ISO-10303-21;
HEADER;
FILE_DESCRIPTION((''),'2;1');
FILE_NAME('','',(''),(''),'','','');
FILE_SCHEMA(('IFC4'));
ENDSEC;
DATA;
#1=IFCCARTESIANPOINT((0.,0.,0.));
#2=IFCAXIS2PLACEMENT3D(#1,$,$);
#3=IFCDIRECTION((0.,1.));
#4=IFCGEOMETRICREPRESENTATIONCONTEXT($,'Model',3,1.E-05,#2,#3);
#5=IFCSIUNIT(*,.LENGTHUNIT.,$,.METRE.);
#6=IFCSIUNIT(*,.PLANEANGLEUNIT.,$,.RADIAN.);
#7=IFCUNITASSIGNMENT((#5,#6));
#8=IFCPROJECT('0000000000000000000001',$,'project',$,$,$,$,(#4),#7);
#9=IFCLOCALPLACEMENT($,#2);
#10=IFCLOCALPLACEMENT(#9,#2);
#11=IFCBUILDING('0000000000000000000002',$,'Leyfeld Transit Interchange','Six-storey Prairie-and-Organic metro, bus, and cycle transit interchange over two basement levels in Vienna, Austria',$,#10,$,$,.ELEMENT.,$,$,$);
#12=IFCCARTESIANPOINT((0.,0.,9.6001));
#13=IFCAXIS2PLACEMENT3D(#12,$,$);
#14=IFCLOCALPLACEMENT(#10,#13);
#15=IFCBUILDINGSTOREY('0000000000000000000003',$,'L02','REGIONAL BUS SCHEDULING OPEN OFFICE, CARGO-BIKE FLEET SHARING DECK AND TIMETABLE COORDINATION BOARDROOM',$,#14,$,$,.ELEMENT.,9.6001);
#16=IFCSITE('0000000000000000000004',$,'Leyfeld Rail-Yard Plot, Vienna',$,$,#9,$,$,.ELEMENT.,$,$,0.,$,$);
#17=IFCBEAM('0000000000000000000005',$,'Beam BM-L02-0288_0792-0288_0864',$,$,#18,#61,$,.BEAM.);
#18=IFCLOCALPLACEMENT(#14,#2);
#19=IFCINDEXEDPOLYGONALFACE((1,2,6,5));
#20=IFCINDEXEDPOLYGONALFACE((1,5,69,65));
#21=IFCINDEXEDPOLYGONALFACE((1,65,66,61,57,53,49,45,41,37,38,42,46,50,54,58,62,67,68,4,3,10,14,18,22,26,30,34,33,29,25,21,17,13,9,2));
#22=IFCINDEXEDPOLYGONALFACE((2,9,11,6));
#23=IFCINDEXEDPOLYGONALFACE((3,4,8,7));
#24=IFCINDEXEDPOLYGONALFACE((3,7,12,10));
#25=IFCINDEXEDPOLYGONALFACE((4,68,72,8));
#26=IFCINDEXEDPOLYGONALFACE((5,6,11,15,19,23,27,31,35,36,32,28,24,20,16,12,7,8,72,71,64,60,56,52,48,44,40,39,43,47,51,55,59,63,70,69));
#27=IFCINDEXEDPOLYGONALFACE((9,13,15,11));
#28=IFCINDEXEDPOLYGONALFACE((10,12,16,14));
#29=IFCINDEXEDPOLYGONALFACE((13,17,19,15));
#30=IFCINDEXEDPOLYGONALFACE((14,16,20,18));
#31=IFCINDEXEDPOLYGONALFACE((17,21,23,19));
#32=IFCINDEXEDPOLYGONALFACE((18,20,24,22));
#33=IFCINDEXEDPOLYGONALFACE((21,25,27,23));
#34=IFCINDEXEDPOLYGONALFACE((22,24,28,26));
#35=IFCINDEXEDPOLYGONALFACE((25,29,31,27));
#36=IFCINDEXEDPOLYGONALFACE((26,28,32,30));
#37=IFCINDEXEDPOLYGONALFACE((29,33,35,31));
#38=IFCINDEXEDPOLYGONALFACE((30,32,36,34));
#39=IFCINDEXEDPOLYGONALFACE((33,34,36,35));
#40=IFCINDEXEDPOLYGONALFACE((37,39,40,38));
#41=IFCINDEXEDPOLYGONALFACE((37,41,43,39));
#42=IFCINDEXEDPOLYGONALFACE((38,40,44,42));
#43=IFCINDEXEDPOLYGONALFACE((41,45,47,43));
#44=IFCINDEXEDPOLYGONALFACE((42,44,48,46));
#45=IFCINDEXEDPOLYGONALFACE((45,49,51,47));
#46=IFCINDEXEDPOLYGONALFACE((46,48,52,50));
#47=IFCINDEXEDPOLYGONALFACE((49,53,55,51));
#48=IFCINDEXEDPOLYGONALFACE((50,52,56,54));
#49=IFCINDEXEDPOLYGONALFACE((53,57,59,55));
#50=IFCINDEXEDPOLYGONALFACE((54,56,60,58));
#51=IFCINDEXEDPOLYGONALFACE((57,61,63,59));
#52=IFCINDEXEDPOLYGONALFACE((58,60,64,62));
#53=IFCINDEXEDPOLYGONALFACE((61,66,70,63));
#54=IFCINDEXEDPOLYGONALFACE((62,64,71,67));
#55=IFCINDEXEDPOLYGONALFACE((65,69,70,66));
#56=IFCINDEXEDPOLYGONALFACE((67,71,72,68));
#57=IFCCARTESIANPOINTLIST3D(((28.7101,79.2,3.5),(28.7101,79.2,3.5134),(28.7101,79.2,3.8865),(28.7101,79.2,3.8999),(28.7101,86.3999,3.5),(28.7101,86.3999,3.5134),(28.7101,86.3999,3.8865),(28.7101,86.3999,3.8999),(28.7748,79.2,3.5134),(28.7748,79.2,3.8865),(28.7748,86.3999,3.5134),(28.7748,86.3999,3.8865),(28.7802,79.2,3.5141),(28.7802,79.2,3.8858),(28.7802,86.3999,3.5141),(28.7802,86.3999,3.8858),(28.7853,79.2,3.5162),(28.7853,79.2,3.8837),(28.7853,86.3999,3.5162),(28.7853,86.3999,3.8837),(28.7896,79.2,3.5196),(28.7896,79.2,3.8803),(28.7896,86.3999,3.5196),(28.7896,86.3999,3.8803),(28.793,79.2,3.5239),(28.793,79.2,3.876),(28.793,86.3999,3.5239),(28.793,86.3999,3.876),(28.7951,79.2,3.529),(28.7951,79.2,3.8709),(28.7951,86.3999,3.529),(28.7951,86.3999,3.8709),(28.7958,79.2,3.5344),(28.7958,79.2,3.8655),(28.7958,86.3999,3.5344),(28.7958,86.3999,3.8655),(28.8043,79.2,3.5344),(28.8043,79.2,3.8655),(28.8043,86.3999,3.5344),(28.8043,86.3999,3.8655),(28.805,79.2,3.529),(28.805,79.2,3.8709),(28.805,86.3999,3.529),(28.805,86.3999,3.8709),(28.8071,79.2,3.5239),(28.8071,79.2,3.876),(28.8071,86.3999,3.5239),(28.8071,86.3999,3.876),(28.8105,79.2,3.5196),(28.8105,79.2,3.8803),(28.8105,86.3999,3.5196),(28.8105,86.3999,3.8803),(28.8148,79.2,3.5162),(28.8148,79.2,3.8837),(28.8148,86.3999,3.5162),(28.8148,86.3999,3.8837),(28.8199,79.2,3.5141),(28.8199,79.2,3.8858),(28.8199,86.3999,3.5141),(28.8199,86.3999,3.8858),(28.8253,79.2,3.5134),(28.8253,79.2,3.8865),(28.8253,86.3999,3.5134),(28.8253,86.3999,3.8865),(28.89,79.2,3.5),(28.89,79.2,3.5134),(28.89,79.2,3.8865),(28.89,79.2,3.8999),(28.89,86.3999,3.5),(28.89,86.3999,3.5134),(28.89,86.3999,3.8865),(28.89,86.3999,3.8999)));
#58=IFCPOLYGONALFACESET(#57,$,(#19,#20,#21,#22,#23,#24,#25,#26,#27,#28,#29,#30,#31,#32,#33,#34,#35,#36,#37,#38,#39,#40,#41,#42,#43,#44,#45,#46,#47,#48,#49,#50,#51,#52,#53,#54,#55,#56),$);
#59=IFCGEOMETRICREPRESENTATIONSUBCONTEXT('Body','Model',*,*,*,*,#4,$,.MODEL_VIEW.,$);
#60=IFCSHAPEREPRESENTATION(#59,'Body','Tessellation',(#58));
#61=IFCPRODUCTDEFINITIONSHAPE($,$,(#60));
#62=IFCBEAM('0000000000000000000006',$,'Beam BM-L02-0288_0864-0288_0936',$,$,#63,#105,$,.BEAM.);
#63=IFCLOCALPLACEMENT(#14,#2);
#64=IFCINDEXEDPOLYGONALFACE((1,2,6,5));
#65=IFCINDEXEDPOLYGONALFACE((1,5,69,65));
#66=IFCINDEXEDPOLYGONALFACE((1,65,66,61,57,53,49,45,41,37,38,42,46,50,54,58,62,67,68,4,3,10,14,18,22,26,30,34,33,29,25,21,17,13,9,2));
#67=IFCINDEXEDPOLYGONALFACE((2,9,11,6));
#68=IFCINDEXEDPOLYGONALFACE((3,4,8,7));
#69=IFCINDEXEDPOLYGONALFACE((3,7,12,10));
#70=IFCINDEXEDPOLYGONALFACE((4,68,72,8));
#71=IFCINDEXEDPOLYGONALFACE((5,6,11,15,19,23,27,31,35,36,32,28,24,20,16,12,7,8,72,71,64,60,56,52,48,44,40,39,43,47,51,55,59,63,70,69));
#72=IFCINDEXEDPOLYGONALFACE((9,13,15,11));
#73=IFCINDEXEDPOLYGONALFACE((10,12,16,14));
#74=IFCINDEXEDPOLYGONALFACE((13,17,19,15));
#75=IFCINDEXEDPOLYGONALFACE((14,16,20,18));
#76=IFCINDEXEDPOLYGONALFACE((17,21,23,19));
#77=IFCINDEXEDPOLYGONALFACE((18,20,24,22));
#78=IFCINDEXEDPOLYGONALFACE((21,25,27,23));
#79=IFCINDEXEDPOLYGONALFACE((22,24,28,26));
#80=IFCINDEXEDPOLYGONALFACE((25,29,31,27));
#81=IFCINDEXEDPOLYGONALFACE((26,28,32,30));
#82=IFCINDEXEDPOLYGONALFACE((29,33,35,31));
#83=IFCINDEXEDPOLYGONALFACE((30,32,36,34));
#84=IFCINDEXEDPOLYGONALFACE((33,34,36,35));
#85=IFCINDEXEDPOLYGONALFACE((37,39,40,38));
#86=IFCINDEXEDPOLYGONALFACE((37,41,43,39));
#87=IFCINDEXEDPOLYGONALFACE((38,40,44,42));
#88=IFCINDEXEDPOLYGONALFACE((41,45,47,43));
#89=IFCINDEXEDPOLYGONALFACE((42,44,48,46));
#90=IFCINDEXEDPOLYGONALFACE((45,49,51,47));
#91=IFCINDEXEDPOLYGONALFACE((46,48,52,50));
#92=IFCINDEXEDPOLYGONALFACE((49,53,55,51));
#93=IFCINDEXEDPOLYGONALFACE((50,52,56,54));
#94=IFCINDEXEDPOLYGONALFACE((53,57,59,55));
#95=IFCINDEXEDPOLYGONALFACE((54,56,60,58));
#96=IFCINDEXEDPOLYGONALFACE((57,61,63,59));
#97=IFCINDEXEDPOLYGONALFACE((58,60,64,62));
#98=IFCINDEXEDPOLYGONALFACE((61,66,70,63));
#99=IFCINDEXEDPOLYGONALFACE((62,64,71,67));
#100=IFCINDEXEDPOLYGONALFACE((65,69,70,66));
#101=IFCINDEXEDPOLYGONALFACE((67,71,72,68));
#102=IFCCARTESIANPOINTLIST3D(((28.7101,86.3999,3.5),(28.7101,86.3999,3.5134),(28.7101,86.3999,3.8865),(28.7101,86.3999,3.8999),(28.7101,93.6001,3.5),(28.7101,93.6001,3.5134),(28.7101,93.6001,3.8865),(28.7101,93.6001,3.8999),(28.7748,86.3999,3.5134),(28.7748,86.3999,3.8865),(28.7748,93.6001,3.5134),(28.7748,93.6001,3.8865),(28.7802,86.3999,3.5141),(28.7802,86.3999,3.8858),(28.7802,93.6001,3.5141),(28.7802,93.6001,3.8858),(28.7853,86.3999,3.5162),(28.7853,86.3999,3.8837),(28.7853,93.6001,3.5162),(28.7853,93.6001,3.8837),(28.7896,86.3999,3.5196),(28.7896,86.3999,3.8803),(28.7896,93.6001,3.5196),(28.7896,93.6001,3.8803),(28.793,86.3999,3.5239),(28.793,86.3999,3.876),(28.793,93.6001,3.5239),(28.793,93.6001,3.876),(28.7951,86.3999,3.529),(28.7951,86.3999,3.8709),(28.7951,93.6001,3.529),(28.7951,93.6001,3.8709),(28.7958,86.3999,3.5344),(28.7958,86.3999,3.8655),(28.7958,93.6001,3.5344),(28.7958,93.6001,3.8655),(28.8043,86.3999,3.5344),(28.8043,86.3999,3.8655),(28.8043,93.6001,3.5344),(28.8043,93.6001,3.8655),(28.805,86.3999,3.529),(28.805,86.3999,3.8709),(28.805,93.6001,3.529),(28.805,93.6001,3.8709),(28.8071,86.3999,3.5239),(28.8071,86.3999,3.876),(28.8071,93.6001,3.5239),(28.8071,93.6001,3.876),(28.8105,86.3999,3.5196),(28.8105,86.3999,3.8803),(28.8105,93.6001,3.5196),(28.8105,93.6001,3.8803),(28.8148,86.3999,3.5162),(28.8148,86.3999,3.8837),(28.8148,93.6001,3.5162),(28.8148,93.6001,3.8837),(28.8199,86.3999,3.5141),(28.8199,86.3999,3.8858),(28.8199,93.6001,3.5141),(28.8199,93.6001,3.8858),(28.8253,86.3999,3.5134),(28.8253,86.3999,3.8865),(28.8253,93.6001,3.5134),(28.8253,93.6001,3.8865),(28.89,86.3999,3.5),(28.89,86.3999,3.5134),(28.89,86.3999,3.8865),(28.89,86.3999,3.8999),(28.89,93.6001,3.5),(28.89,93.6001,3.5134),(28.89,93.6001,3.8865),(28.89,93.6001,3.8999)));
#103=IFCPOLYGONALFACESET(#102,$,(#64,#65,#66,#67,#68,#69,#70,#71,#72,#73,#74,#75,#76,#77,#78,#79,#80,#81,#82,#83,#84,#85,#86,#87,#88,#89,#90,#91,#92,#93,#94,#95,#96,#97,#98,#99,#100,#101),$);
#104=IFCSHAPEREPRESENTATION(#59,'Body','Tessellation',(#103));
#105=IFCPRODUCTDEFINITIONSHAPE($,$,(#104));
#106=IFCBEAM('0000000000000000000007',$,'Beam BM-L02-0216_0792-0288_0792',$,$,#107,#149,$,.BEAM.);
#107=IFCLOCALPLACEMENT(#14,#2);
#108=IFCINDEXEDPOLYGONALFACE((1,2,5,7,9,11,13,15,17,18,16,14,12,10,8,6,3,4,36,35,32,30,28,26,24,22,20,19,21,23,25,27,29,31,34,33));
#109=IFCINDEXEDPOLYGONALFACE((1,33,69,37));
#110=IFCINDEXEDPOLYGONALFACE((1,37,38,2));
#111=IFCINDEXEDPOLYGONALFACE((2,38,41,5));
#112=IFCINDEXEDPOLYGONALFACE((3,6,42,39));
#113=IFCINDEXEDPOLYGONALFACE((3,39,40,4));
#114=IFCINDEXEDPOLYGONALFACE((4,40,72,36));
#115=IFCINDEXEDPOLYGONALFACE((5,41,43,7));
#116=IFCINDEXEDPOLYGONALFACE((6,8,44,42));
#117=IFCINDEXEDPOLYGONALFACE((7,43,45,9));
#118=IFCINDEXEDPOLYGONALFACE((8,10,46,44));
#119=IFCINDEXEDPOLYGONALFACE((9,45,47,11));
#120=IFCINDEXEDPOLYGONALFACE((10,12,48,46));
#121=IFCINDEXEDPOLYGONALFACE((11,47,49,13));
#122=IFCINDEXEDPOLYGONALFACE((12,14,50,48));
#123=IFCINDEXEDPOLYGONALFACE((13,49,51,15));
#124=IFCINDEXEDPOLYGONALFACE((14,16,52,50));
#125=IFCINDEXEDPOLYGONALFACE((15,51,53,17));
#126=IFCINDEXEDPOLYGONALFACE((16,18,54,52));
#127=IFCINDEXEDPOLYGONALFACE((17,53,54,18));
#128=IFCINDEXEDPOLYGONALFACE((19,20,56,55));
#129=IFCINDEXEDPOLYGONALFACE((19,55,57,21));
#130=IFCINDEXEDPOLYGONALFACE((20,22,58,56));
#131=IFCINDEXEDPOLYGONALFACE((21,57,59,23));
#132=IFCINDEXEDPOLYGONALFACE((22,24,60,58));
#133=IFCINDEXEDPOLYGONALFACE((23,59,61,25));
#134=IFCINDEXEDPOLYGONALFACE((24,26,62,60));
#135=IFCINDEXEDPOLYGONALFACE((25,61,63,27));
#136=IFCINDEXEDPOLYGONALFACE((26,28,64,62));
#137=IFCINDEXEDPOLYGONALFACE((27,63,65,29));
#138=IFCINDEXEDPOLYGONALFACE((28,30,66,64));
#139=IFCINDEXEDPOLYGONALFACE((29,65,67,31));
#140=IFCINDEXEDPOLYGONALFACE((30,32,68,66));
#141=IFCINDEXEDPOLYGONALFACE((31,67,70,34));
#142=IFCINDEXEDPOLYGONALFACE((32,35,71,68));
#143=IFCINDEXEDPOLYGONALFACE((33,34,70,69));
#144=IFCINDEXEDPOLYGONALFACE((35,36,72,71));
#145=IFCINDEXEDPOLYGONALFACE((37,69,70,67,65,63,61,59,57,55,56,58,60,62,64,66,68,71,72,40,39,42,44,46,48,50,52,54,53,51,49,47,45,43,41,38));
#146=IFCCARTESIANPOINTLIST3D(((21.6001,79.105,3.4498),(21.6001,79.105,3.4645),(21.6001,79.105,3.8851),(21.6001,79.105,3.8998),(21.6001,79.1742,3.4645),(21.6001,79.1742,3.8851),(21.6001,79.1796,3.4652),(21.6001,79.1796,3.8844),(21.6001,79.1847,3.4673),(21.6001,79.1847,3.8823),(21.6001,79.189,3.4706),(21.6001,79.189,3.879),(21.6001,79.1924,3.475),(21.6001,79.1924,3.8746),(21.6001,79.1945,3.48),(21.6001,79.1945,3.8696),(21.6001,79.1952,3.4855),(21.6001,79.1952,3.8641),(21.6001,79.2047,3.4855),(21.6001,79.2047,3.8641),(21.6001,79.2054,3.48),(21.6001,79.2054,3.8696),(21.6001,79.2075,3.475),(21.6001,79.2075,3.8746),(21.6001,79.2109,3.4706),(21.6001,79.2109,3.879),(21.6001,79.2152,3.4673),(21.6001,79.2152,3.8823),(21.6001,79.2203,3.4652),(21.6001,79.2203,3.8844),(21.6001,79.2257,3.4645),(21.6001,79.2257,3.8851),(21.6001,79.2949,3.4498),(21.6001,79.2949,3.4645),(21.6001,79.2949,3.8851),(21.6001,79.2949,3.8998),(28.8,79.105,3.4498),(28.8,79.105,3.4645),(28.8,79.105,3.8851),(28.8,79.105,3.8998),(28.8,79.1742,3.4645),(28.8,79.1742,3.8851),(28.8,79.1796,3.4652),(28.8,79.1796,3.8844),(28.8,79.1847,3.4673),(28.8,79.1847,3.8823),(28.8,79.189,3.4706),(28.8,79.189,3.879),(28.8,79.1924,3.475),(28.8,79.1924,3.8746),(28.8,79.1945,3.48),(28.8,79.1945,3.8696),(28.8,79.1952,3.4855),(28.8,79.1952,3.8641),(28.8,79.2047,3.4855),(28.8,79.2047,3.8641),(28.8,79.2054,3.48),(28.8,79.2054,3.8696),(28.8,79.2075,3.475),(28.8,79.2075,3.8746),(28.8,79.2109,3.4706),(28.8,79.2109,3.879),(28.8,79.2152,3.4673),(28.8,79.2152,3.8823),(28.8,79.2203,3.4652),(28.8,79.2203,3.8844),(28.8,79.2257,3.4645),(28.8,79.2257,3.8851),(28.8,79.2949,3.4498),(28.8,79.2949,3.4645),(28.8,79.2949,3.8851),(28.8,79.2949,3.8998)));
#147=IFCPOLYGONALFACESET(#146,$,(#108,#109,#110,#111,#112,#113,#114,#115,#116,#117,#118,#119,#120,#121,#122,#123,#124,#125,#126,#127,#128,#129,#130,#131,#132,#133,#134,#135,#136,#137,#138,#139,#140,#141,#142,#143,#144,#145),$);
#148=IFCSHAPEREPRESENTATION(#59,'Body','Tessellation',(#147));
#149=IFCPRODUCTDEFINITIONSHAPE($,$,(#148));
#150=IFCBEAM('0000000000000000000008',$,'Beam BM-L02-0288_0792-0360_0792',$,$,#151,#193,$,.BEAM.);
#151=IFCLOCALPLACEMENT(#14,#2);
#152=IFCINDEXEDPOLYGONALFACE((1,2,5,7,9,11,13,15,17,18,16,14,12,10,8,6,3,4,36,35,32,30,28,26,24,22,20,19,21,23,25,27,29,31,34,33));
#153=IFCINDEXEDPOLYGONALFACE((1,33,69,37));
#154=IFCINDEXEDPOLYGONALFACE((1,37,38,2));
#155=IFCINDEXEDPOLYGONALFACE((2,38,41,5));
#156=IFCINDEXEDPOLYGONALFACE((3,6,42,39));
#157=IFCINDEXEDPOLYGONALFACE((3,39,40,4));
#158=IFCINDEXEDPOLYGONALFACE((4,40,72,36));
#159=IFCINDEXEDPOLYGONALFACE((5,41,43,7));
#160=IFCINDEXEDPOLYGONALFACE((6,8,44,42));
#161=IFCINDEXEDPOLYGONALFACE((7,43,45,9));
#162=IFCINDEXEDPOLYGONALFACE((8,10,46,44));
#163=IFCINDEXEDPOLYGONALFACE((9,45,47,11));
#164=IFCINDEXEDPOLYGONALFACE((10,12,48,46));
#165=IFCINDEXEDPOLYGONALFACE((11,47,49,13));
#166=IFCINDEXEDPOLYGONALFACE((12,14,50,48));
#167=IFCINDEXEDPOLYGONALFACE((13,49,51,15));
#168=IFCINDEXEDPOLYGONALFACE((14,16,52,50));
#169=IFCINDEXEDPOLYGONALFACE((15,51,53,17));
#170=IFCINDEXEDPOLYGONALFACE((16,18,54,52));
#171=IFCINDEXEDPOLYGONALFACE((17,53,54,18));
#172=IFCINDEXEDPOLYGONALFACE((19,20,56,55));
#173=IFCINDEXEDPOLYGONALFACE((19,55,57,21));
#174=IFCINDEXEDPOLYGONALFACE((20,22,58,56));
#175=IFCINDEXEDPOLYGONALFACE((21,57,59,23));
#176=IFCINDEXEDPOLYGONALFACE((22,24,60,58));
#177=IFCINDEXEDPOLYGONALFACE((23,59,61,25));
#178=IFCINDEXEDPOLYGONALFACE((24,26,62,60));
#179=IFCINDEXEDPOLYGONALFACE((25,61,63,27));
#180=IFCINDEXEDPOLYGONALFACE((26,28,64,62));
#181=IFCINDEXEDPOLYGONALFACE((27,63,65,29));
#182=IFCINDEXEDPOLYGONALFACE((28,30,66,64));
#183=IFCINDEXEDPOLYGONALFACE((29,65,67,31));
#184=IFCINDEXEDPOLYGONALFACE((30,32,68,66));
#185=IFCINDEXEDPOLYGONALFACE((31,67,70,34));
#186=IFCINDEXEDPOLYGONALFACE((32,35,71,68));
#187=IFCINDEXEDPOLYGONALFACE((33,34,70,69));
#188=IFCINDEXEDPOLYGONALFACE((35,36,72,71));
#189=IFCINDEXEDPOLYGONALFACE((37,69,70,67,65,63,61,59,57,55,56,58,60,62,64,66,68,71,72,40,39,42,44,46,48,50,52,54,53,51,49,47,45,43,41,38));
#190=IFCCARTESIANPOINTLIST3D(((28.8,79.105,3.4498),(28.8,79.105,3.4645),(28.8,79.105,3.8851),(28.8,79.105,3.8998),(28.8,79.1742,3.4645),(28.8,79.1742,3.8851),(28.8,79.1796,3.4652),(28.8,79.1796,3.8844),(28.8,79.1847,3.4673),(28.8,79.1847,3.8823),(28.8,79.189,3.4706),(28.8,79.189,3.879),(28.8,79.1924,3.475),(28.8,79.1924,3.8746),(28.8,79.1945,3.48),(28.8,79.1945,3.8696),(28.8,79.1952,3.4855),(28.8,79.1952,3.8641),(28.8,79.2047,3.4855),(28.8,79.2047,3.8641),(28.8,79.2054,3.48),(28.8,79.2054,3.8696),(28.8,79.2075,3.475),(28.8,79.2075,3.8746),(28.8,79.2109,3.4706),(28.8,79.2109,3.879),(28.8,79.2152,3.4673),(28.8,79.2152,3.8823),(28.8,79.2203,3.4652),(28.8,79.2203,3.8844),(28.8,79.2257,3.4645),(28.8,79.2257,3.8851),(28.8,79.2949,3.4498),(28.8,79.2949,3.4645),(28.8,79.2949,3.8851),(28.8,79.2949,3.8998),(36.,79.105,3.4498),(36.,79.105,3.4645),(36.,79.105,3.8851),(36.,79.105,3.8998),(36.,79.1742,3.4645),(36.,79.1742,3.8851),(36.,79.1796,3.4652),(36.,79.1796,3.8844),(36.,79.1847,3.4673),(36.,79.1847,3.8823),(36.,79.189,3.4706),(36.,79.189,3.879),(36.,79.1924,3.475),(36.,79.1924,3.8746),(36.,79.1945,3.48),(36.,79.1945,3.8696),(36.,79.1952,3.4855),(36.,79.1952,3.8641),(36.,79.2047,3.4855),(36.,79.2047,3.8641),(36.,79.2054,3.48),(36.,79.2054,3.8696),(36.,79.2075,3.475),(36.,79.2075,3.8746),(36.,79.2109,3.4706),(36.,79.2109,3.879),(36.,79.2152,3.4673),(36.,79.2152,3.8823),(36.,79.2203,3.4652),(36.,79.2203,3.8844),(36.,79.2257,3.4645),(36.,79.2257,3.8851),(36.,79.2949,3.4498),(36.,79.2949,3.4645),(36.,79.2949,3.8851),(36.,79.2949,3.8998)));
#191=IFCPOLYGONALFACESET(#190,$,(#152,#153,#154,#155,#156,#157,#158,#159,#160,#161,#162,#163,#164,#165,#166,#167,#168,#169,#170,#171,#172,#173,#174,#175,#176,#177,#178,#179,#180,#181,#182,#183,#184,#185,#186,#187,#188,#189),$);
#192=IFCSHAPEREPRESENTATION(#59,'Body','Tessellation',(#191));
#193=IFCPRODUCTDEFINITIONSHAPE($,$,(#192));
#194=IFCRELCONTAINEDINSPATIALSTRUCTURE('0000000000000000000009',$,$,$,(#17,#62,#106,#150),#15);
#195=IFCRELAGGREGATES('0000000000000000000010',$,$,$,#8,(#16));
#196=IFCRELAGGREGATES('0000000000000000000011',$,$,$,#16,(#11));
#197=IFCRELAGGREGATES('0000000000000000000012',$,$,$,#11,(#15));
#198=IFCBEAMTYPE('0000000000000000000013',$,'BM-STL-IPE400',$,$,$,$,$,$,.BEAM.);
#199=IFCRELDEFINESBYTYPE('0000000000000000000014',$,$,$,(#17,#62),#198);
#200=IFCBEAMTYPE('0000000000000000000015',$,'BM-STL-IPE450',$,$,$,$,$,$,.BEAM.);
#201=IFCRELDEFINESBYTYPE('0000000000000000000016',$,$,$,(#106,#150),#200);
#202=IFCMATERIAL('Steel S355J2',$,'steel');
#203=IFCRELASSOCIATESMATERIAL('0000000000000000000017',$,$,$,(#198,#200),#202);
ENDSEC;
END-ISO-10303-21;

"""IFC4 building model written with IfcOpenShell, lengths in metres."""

from ifc_helpers import new_model, si_unit, direction, frame, origin, origin_2d, place, context, subcontext, project, spatial, i_section, extrude, material, material_profile, profile_set, type_object, element, save


model = new_model("IFC4")

# Units and contexts
model_context = context("Model", 3, precision=1e-05, world=origin(), true_north=direction((0.0, 1.0)))
body_context = subcontext(model_context, "Body", "Model", "MODEL_VIEW")
ifc_project = project(units=[si_unit("LENGTHUNIT", "METRE"), si_unit("PLANEANGLEUNIT", "RADIAN")], contexts=[model_context])

# Site, building, storey
site_placement = place(None, origin())
site = spatial("IfcSite", under=ifc_project, at=site_placement, Name="Leyfeld Rail-Yard Plot, Vienna", CompositionType="ELEMENT", RefElevation=0.0)
building_placement = place(site_placement, origin())
building = spatial("IfcBuilding", under=site, at=building_placement, Name="Leyfeld Transit Interchange", Description="Six-storey Prairie-and-Organic metro, bus, and cycle transit interchange over two basement levels in Vienna, Austria", CompositionType="ELEMENT")
storey_placement = place(building_placement, frame((0.0, 0.0, 9.6001)))
storey = spatial("IfcBuildingStorey", under=building, at=storey_placement, Name="L02", Description="REGIONAL BUS SCHEDULING OPEN OFFICE, CARGO-BIKE FLEET SHARING DECK AND TIMETABLE COORDINATION BOARDROOM", CompositionType="ELEMENT", Elevation=9.6001)

# Beams
ifc_material_1 = material(Name="Steel S355J2", Category="steel")
ifc_material_profile_1 = material_profile(ifc_material_1, i_section(OverallWidth=0.1799, OverallDepth=0.3999, WebThickness=0.0085, FlangeThickness=0.0134, FilletRadius=0.021, at=origin_2d()), Name="IPE 400")
ifc_profile_set_1 = profile_set([ifc_material_profile_1], Name="Steel S355J2")
beam_type_1 = type_object("IfcBeamType", Name="BM-STL-IPE400", PredefinedType="BEAM", material=ifc_profile_set_1)
beam_1_placement = place(storey_placement, frame((28.8, 79.2, 3.7), z_axis=(0.0, 1.0, 0.0), x_axis=(-1.0, 0.0, 0.0)))
element("IfcBeam", 1, at=beam_1_placement, inside=storey, type_object=beam_type_1, Name="Beam BM-L02-0288_0792-0288_0864", PredefinedType="BEAM", context=body_context, shape_type="SweptSolid", body=[
    extrude(i_section(OverallWidth=0.1799, OverallDepth=0.3999, WebThickness=0.0085, FlangeThickness=0.0134, FilletRadius=0.021, at=origin_2d()), origin(), (0.0, 0.0, 1.0), 7.2),
])
beam_2_placement = place(storey_placement, frame((28.8, 86.3999, 3.7), z_axis=(0.0, 1.0, 0.0), x_axis=(-1.0, 0.0, 0.0)))
element("IfcBeam", 2, at=beam_2_placement, inside=storey, type_object=beam_type_1, Name="Beam BM-L02-0288_0864-0288_0936", PredefinedType="BEAM", context=body_context, shape_type="SweptSolid", body=[
    extrude(i_section(OverallWidth=0.1799, OverallDepth=0.3999, WebThickness=0.0085, FlangeThickness=0.0134, FilletRadius=0.021, at=origin_2d()), origin(), (0.0, 0.0, 1.0), 7.2002),
])
ifc_material_profile_2 = material_profile(ifc_material_1, i_section(OverallWidth=0.1899, OverallDepth=0.45, WebThickness=0.0095, FlangeThickness=0.0146, FilletRadius=0.021, at=origin_2d()), Name="IPE 450")
ifc_profile_set_2 = profile_set([ifc_material_profile_2], Name="Steel S355J2")
beam_type_2 = type_object("IfcBeamType", Name="BM-STL-IPE450", PredefinedType="BEAM", material=ifc_profile_set_2)
for number, where, z_axis, x_axis, name in (
    (3, (21.6001, 79.2, 3.6748), (1.0, 0.0, 0.0), (0.0, 1.0, 0.0), "Beam BM-L02-0216_0792-0288_0792"),
    (4, (28.8, 79.2, 3.6748), (1.0, 0.0, 0.0), (0.0, 1.0, 0.0), "Beam BM-L02-0288_0792-0360_0792"),
):
    element("IfcBeam", number, at=place(storey_placement, frame(where, z_axis=z_axis, x_axis=x_axis)), inside=storey, type_object=beam_type_2, Name=name, PredefinedType="BEAM", context=body_context, shape_type="SweptSolid", body=[
        extrude(i_section(OverallWidth=0.1899, OverallDepth=0.45, WebThickness=0.0095, FlangeThickness=0.0146, FilletRadius=0.021, at=origin_2d()), origin(), (0.0, 0.0, 1.0), 7.2),
    ])

save(model, "model.ifc")
